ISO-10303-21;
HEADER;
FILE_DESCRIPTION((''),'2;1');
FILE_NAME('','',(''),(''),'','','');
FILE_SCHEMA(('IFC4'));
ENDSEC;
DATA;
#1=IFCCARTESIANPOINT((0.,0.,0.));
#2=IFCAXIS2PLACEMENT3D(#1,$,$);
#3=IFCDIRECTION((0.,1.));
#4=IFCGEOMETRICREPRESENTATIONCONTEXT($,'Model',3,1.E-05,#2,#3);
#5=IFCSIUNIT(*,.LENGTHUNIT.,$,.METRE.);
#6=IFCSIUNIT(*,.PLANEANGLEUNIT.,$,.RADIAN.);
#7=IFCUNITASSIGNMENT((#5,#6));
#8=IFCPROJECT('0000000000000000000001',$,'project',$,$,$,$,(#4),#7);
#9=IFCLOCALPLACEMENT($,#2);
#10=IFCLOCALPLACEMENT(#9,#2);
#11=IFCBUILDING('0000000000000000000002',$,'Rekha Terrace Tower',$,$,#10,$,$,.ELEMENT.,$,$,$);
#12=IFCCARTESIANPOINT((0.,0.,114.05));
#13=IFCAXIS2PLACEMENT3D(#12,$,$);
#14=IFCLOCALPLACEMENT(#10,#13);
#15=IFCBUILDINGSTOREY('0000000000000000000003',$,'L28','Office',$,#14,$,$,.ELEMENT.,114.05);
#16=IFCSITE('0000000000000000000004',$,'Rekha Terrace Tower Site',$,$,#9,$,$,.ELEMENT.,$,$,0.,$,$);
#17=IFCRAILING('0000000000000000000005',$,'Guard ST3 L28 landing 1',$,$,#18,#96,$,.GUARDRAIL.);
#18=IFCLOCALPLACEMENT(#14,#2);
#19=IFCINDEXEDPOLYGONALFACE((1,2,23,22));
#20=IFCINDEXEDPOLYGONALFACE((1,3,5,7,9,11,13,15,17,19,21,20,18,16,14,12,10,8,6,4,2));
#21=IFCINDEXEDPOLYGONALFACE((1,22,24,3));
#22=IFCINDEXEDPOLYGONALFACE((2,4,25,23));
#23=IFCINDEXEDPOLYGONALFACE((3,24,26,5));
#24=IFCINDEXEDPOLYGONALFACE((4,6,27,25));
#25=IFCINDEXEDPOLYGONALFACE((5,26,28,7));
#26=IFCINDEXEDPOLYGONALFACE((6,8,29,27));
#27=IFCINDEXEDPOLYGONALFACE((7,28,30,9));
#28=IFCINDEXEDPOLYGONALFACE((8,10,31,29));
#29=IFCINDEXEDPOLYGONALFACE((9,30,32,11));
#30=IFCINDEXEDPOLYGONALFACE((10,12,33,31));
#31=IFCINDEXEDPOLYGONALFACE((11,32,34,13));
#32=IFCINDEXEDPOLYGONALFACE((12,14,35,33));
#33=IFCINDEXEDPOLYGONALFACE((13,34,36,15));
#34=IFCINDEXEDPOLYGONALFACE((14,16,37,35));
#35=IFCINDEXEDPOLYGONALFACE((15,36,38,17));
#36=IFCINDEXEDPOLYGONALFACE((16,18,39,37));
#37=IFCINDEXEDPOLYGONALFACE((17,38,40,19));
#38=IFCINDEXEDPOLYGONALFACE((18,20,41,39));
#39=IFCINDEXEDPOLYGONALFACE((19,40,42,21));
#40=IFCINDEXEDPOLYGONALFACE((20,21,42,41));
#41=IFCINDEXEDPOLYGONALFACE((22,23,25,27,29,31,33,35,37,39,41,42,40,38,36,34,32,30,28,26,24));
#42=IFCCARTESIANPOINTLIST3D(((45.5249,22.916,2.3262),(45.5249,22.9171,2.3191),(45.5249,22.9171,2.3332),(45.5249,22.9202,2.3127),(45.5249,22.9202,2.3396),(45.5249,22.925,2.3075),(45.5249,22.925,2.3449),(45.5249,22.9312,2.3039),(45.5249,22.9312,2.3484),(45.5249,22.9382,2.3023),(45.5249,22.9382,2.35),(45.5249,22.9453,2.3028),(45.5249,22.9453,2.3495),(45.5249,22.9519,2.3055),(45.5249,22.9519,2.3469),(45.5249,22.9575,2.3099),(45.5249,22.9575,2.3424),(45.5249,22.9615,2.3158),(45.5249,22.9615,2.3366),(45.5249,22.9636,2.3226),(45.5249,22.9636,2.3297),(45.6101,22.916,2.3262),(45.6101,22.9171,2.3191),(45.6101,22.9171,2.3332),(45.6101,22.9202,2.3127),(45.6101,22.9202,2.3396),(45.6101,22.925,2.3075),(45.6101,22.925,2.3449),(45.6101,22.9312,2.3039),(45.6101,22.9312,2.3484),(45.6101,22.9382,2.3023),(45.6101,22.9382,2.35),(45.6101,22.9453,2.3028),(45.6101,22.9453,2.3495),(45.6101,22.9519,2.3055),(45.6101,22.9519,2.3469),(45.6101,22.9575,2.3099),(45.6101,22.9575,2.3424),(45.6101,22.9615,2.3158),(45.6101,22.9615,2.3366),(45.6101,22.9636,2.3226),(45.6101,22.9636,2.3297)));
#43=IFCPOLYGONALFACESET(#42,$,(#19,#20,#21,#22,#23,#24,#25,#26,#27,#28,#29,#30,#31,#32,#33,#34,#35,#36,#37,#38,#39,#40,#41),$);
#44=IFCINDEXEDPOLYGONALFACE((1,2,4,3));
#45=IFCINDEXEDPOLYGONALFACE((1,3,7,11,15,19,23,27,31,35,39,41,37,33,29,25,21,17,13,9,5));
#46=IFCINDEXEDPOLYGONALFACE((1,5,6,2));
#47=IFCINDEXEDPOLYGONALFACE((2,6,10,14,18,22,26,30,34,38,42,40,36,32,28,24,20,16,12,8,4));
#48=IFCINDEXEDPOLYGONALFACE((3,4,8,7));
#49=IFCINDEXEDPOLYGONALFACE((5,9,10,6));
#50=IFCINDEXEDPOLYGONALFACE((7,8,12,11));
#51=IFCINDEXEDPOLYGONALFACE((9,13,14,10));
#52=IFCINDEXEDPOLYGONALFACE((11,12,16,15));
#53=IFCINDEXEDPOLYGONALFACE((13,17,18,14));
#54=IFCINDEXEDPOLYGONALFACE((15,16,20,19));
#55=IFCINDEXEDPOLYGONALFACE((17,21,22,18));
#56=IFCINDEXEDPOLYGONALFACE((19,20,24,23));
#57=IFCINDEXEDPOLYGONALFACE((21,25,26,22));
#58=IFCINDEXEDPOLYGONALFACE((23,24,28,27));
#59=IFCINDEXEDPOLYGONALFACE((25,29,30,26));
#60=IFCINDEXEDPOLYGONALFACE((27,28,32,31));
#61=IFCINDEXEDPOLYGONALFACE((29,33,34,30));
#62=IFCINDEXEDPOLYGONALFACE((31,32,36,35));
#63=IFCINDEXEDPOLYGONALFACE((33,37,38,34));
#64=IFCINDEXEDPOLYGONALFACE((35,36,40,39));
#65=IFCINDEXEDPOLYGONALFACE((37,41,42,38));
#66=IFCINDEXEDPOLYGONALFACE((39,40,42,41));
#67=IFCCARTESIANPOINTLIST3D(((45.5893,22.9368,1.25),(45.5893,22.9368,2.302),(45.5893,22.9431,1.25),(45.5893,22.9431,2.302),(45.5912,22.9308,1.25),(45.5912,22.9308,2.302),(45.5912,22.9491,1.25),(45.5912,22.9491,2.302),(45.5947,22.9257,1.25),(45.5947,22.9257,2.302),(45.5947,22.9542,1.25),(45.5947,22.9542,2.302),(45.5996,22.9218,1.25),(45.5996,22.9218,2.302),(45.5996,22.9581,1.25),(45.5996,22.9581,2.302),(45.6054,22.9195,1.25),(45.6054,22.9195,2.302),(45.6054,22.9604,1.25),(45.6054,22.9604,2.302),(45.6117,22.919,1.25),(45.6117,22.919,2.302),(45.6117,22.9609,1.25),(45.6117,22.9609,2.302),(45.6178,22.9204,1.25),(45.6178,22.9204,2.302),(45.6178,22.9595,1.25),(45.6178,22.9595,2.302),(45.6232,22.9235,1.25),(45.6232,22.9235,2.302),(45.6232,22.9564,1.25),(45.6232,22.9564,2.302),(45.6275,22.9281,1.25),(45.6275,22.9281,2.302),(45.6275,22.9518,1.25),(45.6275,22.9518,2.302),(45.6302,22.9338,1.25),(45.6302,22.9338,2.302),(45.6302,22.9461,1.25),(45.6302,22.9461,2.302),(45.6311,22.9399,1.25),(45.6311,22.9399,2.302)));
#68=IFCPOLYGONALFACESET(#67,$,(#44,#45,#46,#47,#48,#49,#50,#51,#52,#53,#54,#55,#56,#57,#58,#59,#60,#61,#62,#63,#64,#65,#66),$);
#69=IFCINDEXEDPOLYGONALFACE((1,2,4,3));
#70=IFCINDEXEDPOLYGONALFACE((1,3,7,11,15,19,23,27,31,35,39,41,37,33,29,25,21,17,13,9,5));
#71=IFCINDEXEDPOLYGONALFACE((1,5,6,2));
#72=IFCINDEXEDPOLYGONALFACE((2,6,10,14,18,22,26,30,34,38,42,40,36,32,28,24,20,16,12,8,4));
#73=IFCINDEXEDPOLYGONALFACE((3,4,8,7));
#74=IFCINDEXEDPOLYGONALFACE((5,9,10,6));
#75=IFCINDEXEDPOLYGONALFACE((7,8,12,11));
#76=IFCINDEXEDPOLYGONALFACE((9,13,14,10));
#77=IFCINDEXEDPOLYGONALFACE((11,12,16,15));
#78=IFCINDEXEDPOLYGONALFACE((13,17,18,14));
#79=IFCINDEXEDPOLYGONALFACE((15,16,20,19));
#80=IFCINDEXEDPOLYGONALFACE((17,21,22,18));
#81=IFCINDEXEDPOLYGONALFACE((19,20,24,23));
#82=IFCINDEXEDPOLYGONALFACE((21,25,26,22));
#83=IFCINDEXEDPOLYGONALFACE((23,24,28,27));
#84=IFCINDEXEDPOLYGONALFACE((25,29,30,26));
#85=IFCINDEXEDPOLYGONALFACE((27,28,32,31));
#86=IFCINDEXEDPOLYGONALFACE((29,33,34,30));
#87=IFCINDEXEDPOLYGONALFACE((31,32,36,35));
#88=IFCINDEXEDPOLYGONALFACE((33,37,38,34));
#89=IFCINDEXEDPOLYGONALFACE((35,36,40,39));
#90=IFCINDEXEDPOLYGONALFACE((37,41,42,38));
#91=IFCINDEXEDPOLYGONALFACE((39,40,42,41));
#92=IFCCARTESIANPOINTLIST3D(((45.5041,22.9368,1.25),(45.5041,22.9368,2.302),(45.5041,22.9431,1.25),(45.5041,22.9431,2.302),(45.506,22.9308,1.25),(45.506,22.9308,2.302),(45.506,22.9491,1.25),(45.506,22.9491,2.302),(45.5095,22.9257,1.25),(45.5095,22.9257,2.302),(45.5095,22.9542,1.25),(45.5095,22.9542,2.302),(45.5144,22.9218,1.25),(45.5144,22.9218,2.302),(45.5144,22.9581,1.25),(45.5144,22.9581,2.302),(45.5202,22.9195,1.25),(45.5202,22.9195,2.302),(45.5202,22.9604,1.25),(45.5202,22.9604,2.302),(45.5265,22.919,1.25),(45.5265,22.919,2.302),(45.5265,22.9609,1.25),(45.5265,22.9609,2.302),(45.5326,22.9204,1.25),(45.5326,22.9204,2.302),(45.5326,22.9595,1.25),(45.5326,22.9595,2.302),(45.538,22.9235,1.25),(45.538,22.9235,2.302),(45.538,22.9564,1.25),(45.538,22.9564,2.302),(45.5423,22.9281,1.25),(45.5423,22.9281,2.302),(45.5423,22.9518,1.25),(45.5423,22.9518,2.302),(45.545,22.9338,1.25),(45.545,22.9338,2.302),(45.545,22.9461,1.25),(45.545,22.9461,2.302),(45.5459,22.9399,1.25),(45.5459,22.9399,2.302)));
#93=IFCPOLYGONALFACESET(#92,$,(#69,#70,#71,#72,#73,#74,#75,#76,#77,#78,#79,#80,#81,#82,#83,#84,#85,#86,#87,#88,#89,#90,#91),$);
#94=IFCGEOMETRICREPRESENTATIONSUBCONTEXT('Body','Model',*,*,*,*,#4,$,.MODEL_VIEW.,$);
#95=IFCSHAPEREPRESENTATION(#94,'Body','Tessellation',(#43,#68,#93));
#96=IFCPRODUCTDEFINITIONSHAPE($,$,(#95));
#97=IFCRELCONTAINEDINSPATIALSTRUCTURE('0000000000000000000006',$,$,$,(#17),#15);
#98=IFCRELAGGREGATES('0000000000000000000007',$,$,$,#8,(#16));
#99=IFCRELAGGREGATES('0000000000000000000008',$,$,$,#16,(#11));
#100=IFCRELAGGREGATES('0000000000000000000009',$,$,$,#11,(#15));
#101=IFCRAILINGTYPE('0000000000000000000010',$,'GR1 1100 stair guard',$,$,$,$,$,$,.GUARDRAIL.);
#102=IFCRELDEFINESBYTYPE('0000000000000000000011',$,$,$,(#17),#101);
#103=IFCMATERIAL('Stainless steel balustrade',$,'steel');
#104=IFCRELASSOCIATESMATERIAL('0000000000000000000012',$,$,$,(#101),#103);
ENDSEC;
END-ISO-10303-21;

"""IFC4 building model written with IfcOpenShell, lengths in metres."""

from ifc_helpers import new_model, si_unit, direction, frame, origin, origin_2d, place, context, subcontext, project, spatial, circle, extrude, material, type_object, element, save


model = new_model("IFC4")

# Units and contexts
model_context = context("Model", 3, precision=1e-05, world=origin(), true_north=direction((0.0, 1.0)))
body_context = subcontext(model_context, "Body", "Model", "MODEL_VIEW")
ifc_project = project(units=[si_unit("LENGTHUNIT", "METRE"), si_unit("PLANEANGLEUNIT", "RADIAN")], contexts=[model_context])

# Site, building, storey
site_placement = place(None, origin())
site = spatial("IfcSite", under=ifc_project, at=site_placement, Name="Rekha Terrace Tower Site", CompositionType="ELEMENT", RefElevation=0.0)
building_placement = place(site_placement, origin())
building = spatial("IfcBuilding", under=site, at=building_placement, Name="Rekha Terrace Tower", CompositionType="ELEMENT")
storey_placement = place(building_placement, frame((0.0, 0.0, 114.05)))
storey = spatial("IfcBuildingStorey", under=building, at=storey_placement, Name="L28", Description="Office", CompositionType="ELEMENT", Elevation=114.05)

# Railing
ifc_material_1 = material(Name="Stainless steel balustrade", Category="steel")
railing_type_1 = type_object("IfcRailingType", Name="GR1 1100 stair guard", PredefinedType="GUARDRAIL", material=ifc_material_1)
railing_1_placement = place(storey_placement, frame((45.6101, 22.9399, 1.25)))
element("IfcRailing", 1, at=railing_1_placement, inside=storey, type_object=railing_type_1, Name="Guard ST3 L28 landing 1", PredefinedType="GUARDRAIL", context=body_context, shape_type="SweptSolid", body=[
    extrude(circle(Radius=0.0239, at=origin_2d()), frame((0.0, 0.0, 1.0762), z_axis=(-1.0, 0.0, 0.0), x_axis=(0.0, -1.0, 0.0)), (0.0, 0.0, 1.0), 0.0852),
    extrude(circle(Radius=0.021, at=origin_2d()), origin(), (0.0, 0.0, 1.0), 1.052),
    extrude(circle(Radius=0.021, at=origin_2d()), frame((-0.0852, 0.0, 0.0)), (0.0, 0.0, 1.0), 1.052),
])

save(model, "model.ifc")
